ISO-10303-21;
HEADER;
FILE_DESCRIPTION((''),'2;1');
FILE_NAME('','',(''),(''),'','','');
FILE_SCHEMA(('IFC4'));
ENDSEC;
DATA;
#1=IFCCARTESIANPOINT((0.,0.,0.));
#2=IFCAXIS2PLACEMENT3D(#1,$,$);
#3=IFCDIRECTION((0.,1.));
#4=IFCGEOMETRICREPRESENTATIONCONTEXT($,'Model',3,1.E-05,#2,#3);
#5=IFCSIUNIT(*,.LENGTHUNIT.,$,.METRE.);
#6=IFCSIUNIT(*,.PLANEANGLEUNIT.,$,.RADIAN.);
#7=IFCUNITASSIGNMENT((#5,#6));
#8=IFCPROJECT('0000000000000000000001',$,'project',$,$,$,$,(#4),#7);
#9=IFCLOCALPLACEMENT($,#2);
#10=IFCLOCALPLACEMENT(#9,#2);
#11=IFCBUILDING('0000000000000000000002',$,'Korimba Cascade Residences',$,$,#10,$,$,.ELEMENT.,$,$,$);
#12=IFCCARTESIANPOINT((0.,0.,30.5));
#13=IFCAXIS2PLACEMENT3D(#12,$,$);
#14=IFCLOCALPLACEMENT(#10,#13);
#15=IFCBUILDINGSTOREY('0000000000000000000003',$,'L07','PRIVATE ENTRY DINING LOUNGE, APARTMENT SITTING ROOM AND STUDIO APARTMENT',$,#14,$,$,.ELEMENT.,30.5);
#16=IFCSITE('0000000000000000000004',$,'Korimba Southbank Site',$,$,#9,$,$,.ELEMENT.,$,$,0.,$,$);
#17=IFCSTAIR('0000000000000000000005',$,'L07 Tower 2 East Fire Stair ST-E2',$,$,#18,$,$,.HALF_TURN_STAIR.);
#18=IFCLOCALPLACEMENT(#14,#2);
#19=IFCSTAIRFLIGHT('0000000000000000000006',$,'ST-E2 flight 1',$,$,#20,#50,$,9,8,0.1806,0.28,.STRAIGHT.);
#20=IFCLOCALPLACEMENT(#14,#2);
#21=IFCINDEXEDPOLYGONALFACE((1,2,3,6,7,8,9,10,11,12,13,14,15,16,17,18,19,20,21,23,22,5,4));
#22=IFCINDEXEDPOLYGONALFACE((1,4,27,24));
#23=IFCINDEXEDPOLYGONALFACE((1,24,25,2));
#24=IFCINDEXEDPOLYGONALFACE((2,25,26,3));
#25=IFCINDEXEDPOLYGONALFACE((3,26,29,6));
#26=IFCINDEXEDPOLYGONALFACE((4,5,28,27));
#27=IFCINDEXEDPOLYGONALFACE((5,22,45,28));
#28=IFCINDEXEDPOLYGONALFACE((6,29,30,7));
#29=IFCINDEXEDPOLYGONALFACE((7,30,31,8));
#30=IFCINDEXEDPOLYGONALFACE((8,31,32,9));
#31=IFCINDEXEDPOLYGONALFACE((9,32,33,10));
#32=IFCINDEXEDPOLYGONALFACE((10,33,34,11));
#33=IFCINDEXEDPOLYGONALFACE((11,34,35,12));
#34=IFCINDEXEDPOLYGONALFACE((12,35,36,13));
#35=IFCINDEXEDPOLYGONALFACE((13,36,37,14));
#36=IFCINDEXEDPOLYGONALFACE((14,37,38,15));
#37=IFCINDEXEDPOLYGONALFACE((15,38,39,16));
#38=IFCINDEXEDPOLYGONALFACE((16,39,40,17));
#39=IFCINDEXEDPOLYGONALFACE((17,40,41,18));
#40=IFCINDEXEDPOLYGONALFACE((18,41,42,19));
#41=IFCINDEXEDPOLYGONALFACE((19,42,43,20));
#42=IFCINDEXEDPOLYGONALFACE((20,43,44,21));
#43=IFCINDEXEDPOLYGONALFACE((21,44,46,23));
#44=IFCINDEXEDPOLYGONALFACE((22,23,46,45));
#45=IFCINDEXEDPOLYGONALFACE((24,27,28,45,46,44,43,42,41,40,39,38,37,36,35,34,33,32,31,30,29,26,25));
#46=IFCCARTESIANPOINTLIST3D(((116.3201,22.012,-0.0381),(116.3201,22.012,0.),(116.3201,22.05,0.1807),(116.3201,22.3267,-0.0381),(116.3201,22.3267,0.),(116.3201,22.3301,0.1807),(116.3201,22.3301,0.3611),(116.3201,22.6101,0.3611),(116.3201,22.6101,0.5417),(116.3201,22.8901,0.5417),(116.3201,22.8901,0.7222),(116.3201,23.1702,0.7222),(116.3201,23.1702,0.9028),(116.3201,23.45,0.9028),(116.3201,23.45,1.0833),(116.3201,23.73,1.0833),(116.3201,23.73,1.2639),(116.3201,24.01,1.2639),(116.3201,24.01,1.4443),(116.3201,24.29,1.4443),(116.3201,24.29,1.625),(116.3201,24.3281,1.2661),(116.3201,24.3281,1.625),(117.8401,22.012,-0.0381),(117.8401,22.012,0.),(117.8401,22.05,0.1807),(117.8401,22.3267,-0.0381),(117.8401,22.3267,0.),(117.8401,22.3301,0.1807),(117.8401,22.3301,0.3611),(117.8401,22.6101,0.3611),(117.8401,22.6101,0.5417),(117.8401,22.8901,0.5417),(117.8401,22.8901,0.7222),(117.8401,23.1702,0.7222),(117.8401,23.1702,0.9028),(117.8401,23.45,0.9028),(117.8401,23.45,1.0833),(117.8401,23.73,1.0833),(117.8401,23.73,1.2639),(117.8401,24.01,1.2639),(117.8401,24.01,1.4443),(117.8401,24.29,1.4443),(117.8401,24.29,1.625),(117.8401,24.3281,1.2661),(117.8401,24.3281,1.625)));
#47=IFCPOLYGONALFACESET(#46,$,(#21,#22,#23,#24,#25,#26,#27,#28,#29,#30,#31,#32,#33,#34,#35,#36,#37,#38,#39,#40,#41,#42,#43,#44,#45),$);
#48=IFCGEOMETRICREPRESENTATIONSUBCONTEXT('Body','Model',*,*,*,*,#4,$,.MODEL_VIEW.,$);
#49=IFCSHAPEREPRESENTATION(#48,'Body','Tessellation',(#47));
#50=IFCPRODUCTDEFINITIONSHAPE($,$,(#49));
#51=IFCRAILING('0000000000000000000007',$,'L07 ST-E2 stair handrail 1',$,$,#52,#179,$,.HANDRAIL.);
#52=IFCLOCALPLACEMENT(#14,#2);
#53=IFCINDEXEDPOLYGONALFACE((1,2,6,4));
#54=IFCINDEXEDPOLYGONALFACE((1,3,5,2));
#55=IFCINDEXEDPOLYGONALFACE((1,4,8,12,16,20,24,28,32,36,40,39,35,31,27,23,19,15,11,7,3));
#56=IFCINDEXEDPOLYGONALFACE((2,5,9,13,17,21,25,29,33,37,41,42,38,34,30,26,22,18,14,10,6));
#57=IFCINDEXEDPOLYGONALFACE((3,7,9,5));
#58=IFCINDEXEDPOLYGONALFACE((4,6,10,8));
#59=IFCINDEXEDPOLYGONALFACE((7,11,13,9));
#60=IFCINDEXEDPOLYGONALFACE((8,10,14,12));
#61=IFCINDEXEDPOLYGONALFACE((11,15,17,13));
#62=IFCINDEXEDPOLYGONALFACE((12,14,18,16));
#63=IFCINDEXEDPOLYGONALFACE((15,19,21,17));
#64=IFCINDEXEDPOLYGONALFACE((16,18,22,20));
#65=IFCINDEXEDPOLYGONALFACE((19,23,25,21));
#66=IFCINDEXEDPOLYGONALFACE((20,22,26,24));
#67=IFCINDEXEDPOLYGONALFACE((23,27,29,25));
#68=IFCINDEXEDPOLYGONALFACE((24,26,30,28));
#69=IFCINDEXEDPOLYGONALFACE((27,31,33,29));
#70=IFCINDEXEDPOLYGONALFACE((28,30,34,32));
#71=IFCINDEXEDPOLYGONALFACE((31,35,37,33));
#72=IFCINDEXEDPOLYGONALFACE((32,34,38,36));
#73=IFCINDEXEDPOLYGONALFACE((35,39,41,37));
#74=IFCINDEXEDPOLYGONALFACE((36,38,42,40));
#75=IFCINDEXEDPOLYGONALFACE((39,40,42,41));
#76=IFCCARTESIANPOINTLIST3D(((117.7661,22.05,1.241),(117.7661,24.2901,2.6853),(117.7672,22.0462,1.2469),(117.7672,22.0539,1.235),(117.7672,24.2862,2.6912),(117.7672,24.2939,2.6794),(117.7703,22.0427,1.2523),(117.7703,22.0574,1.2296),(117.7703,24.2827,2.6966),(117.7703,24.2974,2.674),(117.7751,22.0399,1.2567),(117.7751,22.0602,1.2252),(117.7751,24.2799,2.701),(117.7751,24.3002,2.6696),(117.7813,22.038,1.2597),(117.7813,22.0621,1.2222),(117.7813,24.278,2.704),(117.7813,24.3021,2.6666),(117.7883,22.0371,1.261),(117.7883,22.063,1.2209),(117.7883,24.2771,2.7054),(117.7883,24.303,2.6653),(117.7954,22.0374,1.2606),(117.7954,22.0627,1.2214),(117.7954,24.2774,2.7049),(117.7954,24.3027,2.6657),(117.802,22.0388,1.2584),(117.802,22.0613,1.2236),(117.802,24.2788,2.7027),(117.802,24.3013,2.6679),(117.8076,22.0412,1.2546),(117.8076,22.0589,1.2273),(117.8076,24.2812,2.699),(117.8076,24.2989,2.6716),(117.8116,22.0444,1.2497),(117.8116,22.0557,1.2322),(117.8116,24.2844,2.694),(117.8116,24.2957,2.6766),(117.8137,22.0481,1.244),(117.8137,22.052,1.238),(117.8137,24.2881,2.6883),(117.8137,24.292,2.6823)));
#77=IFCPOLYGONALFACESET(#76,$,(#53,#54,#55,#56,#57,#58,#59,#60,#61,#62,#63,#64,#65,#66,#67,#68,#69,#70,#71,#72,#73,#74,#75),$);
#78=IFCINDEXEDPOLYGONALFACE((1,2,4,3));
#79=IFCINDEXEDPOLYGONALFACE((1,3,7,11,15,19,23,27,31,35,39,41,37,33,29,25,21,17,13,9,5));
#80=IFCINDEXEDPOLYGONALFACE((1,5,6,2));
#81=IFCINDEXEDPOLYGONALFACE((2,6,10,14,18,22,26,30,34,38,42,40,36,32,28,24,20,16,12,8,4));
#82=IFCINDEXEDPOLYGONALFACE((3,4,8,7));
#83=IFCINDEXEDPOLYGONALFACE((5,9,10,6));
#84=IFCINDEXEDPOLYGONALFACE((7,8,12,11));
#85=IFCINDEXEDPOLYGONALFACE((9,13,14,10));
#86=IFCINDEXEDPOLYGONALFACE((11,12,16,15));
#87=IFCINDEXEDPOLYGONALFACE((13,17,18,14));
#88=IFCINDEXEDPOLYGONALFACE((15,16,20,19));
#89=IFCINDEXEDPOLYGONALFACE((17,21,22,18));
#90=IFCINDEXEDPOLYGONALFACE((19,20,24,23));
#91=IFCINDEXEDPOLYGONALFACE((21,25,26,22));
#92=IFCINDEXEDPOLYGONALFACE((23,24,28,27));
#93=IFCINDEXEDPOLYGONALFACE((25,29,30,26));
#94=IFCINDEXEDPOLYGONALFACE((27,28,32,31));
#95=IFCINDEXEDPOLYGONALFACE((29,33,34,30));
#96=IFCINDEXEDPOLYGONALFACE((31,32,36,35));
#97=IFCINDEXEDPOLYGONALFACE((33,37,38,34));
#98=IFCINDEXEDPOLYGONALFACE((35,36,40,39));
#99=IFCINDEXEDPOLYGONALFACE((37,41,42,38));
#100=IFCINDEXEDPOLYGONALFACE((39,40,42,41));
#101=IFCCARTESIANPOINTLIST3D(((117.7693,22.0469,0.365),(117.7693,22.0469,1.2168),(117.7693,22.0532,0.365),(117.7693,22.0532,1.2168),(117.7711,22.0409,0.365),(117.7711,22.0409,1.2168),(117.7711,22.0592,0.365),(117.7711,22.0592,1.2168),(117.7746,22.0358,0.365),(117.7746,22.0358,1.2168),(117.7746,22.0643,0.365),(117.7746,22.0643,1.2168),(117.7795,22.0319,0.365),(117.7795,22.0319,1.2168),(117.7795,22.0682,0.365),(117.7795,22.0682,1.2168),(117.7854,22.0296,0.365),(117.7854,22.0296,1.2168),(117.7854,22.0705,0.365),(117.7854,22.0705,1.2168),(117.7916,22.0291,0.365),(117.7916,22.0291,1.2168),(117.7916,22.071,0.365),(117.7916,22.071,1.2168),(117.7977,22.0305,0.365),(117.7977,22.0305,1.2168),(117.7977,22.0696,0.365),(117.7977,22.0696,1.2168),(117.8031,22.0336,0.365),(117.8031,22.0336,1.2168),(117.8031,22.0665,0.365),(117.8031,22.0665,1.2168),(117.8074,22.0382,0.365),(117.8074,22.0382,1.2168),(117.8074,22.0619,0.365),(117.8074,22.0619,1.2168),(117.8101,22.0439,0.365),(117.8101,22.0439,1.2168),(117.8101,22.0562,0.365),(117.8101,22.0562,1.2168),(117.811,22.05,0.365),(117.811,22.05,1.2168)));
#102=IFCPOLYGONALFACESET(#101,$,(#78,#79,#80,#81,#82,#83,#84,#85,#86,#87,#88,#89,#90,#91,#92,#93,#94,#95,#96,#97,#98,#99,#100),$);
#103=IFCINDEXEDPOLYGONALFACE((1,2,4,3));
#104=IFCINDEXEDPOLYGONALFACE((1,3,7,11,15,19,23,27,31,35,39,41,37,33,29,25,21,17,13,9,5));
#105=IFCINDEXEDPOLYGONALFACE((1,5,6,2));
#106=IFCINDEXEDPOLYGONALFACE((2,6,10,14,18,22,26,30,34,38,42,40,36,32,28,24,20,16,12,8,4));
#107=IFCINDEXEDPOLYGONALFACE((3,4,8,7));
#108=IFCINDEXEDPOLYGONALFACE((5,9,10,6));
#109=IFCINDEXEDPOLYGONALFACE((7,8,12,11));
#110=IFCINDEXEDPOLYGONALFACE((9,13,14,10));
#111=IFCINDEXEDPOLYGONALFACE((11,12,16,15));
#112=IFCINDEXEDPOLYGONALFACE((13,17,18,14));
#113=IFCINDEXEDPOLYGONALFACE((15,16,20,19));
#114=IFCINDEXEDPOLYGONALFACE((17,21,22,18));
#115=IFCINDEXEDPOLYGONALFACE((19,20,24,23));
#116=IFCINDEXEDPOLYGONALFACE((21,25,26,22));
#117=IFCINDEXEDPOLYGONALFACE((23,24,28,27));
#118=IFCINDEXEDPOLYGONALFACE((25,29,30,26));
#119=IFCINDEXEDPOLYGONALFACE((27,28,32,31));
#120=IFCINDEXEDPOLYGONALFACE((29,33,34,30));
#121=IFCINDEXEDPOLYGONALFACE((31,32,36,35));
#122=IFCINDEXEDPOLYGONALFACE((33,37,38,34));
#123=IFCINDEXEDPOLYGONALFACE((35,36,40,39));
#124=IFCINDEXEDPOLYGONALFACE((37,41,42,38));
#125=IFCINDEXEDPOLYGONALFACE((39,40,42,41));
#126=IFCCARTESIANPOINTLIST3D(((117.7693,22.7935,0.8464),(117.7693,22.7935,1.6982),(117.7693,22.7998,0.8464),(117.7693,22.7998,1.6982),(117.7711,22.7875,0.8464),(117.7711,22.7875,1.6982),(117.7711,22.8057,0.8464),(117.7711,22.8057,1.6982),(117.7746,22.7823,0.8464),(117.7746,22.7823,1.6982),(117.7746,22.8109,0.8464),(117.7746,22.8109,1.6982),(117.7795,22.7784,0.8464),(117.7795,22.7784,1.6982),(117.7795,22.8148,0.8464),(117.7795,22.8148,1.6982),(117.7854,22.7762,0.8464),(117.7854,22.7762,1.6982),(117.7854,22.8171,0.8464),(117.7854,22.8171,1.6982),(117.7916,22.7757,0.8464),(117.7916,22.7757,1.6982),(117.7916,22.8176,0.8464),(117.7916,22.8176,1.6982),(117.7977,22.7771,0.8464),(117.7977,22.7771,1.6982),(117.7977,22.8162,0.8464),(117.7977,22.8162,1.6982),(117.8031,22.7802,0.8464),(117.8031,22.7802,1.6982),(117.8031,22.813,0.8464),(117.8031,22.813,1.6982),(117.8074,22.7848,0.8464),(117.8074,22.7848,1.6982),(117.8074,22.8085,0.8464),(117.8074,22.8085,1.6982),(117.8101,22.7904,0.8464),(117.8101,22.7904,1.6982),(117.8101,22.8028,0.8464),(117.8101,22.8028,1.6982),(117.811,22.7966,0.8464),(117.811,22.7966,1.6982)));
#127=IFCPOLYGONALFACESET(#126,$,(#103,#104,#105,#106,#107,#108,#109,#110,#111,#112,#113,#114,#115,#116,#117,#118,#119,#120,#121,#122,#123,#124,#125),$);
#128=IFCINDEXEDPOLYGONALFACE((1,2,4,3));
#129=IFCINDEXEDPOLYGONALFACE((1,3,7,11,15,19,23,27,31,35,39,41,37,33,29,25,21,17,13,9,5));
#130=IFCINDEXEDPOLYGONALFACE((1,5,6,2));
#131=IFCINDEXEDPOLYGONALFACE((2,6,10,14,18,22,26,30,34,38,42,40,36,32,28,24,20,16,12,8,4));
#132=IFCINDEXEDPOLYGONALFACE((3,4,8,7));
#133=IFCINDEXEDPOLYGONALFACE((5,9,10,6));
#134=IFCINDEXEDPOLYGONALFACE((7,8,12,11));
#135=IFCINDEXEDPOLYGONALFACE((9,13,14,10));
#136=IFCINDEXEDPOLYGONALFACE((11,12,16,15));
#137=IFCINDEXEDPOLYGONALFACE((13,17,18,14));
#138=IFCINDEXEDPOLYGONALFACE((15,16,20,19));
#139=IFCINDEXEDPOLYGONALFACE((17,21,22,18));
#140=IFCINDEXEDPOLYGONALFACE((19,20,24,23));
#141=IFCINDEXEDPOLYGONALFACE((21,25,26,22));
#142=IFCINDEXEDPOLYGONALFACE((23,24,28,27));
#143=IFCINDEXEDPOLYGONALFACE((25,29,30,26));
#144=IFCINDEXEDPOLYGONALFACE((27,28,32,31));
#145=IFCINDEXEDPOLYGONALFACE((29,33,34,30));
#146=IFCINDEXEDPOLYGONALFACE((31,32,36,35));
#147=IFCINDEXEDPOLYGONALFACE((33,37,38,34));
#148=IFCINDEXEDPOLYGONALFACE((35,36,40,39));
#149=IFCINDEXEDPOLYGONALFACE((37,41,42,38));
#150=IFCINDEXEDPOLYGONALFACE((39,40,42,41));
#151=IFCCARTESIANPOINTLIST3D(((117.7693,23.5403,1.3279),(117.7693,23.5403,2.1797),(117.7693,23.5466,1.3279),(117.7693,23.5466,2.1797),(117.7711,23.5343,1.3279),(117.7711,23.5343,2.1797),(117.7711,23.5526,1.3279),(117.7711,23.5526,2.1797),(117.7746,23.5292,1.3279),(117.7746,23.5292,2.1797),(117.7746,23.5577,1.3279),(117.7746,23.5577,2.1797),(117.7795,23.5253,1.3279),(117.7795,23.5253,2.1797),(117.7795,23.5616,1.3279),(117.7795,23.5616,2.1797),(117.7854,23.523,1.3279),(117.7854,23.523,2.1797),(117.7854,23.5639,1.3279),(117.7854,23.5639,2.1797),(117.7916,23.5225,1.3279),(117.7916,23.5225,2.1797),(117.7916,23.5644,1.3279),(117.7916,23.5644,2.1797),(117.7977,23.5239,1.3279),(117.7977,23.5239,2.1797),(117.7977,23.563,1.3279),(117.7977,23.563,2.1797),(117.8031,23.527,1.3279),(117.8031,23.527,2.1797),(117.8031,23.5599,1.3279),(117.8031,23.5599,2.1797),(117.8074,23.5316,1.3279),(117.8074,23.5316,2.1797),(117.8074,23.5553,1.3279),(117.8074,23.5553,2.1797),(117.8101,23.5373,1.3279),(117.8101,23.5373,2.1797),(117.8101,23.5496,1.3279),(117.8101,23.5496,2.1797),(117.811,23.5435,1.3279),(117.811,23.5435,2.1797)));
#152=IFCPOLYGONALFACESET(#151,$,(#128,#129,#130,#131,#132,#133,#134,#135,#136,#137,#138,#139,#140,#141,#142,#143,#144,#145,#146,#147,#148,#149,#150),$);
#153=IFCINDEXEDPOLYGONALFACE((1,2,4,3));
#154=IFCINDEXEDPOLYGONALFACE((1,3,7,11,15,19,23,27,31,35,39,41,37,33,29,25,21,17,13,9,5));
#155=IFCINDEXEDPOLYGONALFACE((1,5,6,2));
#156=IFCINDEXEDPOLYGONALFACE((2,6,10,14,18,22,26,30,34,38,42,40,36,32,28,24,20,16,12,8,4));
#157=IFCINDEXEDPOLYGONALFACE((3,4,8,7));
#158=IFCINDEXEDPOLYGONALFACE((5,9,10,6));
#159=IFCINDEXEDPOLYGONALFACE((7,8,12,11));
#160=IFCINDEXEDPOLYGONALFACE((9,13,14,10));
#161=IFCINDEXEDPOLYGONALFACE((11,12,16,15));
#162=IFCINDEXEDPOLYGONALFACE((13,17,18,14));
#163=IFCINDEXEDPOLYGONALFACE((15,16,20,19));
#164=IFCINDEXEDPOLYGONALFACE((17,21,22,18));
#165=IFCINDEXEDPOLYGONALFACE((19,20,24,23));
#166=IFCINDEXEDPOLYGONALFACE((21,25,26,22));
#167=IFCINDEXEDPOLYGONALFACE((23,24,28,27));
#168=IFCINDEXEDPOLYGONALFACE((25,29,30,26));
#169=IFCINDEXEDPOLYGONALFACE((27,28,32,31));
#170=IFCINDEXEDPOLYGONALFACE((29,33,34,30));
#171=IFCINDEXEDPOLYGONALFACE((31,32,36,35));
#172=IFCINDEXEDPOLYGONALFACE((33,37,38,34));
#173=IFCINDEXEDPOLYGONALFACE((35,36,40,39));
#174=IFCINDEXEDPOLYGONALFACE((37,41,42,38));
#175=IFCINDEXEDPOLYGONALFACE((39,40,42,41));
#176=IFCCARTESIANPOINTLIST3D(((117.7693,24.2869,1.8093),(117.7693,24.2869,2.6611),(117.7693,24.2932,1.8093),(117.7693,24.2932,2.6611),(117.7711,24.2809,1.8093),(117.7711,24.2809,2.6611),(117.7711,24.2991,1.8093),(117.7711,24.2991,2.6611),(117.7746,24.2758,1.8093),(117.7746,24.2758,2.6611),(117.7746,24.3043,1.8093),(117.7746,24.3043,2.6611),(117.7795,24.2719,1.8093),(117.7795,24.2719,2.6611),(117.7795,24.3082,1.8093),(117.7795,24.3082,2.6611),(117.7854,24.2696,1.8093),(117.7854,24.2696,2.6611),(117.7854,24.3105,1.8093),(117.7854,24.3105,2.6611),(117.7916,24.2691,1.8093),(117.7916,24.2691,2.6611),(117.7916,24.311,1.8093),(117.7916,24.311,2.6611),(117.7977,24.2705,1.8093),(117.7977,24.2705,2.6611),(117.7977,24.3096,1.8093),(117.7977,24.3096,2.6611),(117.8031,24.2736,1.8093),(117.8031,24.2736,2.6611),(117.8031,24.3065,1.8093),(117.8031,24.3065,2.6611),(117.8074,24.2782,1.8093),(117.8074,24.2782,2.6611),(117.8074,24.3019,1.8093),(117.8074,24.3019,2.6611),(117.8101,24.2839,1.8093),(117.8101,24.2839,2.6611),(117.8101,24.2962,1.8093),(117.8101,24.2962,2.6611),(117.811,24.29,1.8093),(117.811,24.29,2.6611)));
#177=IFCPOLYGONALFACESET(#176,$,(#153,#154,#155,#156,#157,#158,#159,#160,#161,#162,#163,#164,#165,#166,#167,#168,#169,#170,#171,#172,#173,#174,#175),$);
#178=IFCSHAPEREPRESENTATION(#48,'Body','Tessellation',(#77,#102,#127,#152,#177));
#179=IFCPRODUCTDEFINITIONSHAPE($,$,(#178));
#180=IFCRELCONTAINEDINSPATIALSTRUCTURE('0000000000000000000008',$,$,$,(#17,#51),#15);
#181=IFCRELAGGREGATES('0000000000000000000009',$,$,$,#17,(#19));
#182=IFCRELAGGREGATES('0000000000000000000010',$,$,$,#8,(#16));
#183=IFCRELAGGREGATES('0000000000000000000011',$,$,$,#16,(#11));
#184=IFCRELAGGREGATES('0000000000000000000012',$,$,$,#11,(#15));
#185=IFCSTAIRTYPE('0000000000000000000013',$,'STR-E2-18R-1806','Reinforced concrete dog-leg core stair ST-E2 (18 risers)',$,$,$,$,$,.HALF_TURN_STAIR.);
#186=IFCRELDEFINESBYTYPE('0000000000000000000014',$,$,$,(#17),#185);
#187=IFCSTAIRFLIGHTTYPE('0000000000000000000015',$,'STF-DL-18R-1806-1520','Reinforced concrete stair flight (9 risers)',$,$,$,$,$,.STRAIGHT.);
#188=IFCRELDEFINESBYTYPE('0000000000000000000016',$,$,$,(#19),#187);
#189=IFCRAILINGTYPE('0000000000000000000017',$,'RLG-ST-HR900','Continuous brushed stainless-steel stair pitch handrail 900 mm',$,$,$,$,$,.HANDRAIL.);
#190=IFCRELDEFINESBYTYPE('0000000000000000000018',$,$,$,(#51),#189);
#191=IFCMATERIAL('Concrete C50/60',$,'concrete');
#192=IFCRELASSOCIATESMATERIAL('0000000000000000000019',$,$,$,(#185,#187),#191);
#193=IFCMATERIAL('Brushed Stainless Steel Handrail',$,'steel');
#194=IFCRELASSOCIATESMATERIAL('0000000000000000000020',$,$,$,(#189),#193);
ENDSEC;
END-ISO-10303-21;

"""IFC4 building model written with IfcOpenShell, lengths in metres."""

from ifc_helpers import new_model, si_unit, direction, frame, origin, origin_2d, place, context, subcontext, project, spatial, polyline, circle, outline, extrude, material, type_object, element, aggregate, save


model = new_model("IFC4")

# Units and contexts
model_context = context("Model", 3, precision=1e-05, world=origin(), true_north=direction((0.0, 1.0)))
body_context = subcontext(model_context, "Body", "Model", "MODEL_VIEW")
ifc_project = project(units=[si_unit("LENGTHUNIT", "METRE"), si_unit("PLANEANGLEUNIT", "RADIAN")], contexts=[model_context])

# Site, building, storey
site_placement = place(None, origin())
site = spatial("IfcSite", under=ifc_project, at=site_placement, Name="Korimba Southbank Site", CompositionType="ELEMENT", RefElevation=0.0)
building_placement = place(site_placement, origin())
building = spatial("IfcBuilding", under=site, at=building_placement, Name="Korimba Cascade Residences", CompositionType="ELEMENT")
storey_placement = place(building_placement, frame((0.0, 0.0, 30.5)))
storey = spatial("IfcBuildingStorey", under=building, at=storey_placement, Name="L07", Description="PRIVATE ENTRY DINING LOUNGE, APARTMENT SITTING ROOM AND STUDIO APARTMENT", CompositionType="ELEMENT", Elevation=30.5)

# Shared definitions
ifc_material_1 = material(Name="Concrete C50/60", Category="concrete")

# Stair, stair flight
stair_type = type_object("IfcStairType", Name="STR-E2-18R-1806", Description="Reinforced concrete dog-leg core stair ST-E2 (18 risers)", PredefinedType="HALF_TURN_STAIR", material=ifc_material_1)
stair_placement = place(storey_placement, origin())
stair = element("IfcStair", 1, at=stair_placement, inside=storey, type_object=stair_type, Name="L07 Tower 2 East Fire Stair ST-E2", PredefinedType="HALF_TURN_STAIR")
stair_flight_type = type_object("IfcStairFlightType", Name="STF-DL-18R-1806-1520", Description="Reinforced concrete stair flight (9 risers)", PredefinedType="STRAIGHT", material=ifc_material_1)
stair_flight_placement = place(storey_placement, frame((117.0801, 22.05, 0.0), z_axis=(0.0, 0.0, 1.0), x_axis=(0.0, 1.0, 0.0)))
stair_flight = element("IfcStairFlight", 2, at=stair_flight_placement, type_object=stair_flight_type, Name="ST-E2 flight 1", NumberOfRisers=9, NumberOfTreads=8, PredefinedType="STRAIGHT", RiserHeight=0.1806, TreadLength=0.28, context=body_context, shape_type="SweptSolid", body=[
    extrude(outline(polyline([(-0.0381, 0.0), (0.0, 0.1807), (0.28, 0.1807), (0.28, 0.3611), (0.5601, 0.3611), (0.5601, 0.5417), (0.8401, 0.5417), (0.8401, 0.7222), (1.1201, 0.7222), (1.1201, 0.9028), (1.3999, 0.9028), (1.3999, 1.0833), (1.6799, 1.0833), (1.6799, 1.2639), (1.96, 1.2639), (1.96, 1.4443), (2.24, 1.4443), (2.24, 1.625), (2.2781, 1.625), (2.2781, 1.2661), (0.2766, 0.0), (0.2766, -0.0381), (-0.0381, -0.0381), (-0.0381, 0.0)])), frame((0.0, 0.76, 0.0), z_axis=(0.0, -1.0, 0.0), x_axis=(1.0, 0.0, 0.0)), (0.0, 0.0, 1.0), 1.52),
])
aggregate(stair, [stair_flight])

# Railing
ifc_material_2 = material(Name="Brushed Stainless Steel Handrail", Category="steel")
railing_type = type_object("IfcRailingType", Name="RLG-ST-HR900", Description="Continuous brushed stainless-steel stair pitch handrail 900 mm", PredefinedType="HANDRAIL", material=ifc_material_2)
railing_placement = place(storey_placement, frame((117.79, 22.05, 0.365)))
element("IfcRailing", 3, at=railing_placement, inside=storey, type_object=railing_type, Name="L07 ST-E2 stair handrail 1", PredefinedType="HANDRAIL", context=body_context, shape_type="SweptSolid", body=[
    extrude(circle(Radius=0.0239, at=origin_2d()), frame((0.0, 0.0, 0.876), z_axis=(0.0, 0.840437, 0.54191), x_axis=(-1.0, 0.0, 0.0)), (0.0, 0.0, 1.0), 2.6653),
    extrude(circle(Radius=0.021, at=origin_2d()), origin(), (0.0, 0.0, 1.0), 0.8518),
    extrude(circle(Radius=0.021, at=origin_2d()), frame((0.0, 0.7466, 0.4814)), (0.0, 0.0, 1.0), 0.8518),
    extrude(circle(Radius=0.021, at=origin_2d()), frame((0.0, 1.4934, 0.9629)), (0.0, 0.0, 1.0), 0.8518),
    extrude(circle(Radius=0.021, at=origin_2d()), frame((0.0, 2.24, 1.4443)), (0.0, 0.0, 1.0), 0.8518),
])

save(model, "model.ifc")
